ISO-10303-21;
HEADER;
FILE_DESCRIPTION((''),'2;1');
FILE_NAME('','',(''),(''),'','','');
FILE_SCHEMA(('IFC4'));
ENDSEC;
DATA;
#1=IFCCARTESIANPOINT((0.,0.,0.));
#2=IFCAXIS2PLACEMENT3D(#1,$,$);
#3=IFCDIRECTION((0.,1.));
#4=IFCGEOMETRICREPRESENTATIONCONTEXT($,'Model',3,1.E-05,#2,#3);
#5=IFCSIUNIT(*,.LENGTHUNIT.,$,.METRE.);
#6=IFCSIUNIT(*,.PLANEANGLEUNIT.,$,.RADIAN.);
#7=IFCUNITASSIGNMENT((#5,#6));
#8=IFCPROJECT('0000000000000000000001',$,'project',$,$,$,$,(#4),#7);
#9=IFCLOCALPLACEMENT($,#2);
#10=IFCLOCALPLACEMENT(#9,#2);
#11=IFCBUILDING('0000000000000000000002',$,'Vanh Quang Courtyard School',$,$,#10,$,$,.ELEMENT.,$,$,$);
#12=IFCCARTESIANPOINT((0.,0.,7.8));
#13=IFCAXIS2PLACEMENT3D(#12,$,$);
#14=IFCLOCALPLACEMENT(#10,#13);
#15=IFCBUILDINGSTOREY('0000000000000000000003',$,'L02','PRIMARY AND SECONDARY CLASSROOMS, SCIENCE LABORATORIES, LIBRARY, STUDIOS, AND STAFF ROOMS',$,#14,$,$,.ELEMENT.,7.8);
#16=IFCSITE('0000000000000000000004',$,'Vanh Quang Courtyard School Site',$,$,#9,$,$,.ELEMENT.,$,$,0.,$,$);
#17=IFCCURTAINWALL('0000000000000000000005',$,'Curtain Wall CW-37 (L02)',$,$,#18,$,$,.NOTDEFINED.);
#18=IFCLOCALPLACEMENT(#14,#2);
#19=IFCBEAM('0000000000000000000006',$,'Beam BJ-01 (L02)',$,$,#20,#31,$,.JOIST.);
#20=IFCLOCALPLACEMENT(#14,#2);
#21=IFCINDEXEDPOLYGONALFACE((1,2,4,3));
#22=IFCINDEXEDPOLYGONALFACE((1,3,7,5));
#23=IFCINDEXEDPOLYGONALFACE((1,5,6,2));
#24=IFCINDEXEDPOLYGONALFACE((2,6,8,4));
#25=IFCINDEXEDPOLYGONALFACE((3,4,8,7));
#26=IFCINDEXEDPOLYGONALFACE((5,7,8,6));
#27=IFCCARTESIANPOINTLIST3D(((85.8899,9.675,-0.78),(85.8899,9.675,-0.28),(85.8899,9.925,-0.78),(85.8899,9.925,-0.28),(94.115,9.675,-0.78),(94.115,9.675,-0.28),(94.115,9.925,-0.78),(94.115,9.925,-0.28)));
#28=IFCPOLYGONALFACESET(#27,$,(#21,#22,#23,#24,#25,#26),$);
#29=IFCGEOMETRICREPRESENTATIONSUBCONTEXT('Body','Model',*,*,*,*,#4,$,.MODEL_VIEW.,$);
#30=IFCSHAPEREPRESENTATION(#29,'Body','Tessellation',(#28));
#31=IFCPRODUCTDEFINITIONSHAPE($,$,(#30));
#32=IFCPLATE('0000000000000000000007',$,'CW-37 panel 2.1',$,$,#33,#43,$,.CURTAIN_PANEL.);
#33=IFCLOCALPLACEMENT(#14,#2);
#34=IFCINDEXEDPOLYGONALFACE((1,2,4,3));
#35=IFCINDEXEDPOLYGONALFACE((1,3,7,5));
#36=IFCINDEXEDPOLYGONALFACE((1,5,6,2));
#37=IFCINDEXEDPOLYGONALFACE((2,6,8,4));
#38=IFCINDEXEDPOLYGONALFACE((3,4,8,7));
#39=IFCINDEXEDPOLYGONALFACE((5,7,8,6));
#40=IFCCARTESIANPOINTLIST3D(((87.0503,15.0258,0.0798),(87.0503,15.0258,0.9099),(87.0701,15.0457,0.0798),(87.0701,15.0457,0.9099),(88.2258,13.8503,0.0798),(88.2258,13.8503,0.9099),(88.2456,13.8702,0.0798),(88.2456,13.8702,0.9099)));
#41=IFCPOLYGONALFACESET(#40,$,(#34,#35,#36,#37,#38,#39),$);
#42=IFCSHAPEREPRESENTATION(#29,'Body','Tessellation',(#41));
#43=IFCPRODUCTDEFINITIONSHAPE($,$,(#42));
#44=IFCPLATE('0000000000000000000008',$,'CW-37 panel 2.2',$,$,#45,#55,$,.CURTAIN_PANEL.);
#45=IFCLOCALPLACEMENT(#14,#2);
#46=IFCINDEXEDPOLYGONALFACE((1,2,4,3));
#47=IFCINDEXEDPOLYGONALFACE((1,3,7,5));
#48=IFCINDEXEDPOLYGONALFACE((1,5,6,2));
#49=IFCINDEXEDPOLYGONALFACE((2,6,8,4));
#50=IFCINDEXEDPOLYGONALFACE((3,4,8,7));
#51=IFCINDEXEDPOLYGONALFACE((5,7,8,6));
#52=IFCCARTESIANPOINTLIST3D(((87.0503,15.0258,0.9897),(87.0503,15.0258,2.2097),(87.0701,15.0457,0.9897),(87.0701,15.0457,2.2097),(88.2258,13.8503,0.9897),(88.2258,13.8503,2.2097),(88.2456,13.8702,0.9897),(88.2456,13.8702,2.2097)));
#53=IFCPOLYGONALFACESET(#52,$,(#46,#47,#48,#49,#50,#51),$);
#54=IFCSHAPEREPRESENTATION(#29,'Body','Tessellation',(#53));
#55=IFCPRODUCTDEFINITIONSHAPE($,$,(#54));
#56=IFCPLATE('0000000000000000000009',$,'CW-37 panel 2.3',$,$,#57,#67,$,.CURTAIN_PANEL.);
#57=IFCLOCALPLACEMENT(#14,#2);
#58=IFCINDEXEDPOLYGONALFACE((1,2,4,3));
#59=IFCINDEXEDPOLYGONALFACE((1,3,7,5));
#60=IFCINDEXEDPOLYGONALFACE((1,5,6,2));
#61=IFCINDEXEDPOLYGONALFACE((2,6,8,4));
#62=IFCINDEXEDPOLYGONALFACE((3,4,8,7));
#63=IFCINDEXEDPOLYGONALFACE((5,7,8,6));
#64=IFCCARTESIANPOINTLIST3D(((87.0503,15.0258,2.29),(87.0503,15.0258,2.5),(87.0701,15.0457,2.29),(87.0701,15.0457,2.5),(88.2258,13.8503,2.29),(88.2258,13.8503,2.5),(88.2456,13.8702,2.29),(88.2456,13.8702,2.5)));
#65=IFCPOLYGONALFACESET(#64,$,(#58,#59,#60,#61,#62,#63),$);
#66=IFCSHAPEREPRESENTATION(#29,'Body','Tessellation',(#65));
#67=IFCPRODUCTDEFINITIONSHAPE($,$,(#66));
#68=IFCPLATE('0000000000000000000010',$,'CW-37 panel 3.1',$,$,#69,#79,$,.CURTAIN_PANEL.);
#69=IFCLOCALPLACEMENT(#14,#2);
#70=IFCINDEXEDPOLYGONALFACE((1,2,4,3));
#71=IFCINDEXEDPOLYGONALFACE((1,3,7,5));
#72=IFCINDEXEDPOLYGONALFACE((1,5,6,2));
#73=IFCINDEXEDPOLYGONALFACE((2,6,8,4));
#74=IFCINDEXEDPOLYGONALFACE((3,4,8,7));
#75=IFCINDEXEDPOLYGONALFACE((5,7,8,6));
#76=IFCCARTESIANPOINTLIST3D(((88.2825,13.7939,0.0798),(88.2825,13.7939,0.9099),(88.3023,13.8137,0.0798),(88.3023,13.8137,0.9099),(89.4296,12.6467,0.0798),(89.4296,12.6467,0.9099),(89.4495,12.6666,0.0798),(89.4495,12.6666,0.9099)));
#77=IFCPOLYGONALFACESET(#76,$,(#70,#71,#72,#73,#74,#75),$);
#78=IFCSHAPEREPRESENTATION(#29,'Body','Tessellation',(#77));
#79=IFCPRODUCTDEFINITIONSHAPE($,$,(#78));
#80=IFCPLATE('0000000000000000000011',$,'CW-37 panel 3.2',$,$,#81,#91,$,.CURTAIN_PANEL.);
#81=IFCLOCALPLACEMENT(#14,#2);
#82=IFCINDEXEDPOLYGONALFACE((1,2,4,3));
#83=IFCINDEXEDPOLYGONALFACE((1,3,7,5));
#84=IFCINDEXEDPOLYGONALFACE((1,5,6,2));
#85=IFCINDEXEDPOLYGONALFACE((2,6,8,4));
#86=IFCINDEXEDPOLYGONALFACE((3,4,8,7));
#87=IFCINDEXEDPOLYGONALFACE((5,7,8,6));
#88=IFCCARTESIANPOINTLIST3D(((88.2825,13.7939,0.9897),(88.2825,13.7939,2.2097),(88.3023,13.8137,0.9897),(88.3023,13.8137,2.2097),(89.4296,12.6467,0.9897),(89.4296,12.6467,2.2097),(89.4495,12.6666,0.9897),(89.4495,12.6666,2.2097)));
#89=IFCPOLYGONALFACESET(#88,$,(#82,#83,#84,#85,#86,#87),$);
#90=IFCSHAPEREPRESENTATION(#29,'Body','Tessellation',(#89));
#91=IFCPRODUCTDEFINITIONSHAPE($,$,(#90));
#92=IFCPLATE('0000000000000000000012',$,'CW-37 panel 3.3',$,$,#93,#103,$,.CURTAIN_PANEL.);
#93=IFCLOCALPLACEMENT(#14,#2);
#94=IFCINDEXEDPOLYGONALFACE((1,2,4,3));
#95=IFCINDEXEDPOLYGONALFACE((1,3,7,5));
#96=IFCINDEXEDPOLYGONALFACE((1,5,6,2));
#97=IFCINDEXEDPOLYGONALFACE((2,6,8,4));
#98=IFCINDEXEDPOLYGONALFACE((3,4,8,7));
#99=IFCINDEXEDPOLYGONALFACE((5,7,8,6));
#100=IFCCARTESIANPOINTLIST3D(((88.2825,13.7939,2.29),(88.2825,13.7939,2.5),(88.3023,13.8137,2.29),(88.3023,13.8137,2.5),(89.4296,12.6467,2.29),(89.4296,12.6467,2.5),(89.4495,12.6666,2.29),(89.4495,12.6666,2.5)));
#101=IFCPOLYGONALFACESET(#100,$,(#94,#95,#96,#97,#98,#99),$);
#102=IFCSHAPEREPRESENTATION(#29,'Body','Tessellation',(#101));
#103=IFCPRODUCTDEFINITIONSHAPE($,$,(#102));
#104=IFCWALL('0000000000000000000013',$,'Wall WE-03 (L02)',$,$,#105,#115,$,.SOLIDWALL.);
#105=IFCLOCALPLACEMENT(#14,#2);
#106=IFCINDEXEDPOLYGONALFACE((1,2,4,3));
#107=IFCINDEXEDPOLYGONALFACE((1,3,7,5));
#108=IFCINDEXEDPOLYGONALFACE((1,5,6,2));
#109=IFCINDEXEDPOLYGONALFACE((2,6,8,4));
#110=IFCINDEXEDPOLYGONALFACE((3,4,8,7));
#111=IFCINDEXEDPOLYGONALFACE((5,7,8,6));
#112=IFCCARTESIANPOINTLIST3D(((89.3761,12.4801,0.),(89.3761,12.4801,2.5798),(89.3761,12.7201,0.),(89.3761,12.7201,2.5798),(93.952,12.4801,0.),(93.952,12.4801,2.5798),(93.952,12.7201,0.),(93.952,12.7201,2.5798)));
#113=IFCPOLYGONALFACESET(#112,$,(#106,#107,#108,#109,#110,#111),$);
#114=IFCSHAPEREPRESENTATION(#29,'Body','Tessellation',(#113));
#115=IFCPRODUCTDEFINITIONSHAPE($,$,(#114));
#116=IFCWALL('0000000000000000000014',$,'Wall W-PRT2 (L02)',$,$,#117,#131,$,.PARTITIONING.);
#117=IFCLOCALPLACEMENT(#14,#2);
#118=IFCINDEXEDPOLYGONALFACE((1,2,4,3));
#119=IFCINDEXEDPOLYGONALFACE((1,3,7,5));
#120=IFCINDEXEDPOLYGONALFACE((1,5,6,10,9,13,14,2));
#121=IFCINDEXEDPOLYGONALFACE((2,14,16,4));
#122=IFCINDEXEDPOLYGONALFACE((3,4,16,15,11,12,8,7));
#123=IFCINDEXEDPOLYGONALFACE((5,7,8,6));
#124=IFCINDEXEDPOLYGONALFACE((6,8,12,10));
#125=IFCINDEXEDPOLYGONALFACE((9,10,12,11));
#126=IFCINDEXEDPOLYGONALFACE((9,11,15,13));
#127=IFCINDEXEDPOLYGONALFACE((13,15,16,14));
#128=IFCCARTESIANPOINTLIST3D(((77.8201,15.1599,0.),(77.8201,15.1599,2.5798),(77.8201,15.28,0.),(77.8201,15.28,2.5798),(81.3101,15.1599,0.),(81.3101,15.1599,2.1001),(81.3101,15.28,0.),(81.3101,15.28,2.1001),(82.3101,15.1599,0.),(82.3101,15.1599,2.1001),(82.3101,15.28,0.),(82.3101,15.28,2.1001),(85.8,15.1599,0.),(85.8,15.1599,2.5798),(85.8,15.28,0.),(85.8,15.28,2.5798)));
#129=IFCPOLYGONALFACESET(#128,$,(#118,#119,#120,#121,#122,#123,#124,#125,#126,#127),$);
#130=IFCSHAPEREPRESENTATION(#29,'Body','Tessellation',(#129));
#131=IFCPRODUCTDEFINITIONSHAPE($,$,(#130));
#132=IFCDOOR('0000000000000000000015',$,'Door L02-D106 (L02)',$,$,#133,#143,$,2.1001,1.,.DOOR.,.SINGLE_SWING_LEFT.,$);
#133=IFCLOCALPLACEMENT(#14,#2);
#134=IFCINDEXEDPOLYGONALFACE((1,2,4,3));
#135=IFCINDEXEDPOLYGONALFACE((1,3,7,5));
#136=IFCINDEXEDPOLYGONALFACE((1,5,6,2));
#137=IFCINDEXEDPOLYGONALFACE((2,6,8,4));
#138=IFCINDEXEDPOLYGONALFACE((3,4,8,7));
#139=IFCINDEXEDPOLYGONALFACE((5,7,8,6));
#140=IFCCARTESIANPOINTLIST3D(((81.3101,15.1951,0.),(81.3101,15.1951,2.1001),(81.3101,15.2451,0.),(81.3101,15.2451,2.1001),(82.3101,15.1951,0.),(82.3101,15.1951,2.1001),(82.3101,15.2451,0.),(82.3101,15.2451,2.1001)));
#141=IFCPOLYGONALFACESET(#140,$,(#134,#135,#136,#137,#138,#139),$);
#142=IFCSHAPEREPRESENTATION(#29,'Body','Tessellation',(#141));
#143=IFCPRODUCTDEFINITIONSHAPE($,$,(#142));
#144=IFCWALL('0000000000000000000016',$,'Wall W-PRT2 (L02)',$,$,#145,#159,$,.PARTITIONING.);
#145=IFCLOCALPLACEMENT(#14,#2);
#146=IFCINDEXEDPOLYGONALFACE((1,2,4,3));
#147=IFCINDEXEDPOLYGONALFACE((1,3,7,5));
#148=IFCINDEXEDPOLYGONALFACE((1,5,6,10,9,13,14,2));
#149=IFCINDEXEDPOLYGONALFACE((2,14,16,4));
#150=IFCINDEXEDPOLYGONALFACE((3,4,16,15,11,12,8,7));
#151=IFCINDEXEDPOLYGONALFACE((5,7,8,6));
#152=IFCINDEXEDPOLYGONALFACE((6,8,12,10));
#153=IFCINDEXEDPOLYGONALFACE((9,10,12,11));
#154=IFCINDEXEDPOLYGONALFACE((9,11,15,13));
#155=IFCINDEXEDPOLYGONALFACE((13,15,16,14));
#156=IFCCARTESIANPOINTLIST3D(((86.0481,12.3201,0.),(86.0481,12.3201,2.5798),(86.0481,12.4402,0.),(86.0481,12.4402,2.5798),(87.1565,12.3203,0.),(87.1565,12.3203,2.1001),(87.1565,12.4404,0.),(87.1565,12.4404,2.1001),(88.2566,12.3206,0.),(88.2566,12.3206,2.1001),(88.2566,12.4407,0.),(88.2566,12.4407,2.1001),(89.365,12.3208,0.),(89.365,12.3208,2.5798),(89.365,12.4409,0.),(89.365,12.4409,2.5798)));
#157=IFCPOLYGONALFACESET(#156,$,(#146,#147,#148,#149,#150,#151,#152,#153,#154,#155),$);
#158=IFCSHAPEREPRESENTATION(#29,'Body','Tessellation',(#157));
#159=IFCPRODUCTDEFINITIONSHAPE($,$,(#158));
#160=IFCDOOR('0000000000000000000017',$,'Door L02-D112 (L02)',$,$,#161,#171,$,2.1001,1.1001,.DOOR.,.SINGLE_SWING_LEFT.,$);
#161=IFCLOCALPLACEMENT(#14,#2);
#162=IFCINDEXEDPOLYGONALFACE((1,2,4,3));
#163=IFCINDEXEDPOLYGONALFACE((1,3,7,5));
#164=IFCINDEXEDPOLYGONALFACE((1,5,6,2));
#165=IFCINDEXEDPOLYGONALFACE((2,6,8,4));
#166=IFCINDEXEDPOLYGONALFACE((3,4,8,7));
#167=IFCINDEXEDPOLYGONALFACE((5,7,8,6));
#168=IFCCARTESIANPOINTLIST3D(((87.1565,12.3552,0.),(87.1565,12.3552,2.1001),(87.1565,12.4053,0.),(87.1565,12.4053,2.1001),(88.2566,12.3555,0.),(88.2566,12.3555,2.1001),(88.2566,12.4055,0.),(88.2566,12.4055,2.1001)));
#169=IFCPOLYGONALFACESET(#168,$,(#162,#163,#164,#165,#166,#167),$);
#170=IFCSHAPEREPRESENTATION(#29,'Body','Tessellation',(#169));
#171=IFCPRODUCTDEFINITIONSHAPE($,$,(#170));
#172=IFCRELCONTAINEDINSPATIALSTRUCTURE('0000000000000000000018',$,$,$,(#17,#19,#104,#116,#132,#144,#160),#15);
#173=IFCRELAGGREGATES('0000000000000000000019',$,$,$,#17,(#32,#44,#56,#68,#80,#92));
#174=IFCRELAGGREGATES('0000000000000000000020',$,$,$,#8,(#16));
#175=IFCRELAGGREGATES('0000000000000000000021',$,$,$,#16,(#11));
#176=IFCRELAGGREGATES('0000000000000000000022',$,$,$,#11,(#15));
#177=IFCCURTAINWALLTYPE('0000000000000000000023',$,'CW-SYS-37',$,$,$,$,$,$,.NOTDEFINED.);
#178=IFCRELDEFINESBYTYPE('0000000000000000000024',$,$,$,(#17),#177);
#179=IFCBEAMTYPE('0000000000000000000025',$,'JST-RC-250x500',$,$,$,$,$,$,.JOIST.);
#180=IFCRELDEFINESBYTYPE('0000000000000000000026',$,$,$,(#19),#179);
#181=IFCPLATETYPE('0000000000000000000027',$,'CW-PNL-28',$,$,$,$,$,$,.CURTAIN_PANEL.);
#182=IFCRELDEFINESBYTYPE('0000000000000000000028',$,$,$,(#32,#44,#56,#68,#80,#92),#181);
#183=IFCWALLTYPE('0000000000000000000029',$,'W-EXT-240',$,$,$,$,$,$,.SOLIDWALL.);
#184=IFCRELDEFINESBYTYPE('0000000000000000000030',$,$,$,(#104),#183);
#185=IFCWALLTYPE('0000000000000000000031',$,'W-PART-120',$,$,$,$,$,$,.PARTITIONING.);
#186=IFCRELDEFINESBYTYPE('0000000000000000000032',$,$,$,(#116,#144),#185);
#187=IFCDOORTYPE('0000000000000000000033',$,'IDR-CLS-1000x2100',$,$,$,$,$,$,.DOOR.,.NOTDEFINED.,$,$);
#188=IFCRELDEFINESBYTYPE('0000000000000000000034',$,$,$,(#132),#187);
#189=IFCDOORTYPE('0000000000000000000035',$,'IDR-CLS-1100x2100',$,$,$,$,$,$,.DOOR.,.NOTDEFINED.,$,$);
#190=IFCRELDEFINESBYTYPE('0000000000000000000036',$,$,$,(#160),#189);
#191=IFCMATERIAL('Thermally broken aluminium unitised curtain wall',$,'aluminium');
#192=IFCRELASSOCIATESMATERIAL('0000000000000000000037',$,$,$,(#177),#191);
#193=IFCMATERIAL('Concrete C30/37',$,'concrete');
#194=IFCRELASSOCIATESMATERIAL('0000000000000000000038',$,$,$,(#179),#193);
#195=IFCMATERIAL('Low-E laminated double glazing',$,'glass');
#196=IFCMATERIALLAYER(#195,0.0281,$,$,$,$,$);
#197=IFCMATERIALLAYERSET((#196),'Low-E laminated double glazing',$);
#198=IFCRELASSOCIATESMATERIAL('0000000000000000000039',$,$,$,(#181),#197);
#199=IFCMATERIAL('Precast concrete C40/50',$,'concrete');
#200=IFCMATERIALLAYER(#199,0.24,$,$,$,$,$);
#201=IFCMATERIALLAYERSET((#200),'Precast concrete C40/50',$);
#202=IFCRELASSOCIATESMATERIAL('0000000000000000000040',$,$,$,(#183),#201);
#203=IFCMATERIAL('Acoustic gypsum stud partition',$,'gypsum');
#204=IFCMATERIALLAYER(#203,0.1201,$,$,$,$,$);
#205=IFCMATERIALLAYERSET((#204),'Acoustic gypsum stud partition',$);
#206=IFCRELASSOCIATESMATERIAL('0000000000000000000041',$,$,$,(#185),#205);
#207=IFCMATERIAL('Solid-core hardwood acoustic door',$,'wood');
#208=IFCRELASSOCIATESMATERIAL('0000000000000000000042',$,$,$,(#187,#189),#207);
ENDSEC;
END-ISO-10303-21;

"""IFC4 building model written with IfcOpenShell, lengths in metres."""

from ifc_helpers import new_model, si_unit, direction, frame, frame_2d, origin, origin_2d, place, context, subcontext, project, spatial, rectangle, extrude, material, layer, layer_set, material_profile, profile_set, type_object, element, fill, aggregate, save


model = new_model("IFC4")

# Units and contexts
model_context = context("Model", 3, precision=1e-05, world=origin(), true_north=direction((0.0, 1.0)))
body_context = subcontext(model_context, "Body", "Model", "MODEL_VIEW")
ifc_project = project(units=[si_unit("LENGTHUNIT", "METRE"), si_unit("PLANEANGLEUNIT", "RADIAN")], contexts=[model_context])

# Site, building, storey
site_placement = place(None, origin())
site = spatial("IfcSite", under=ifc_project, at=site_placement, Name="Vanh Quang Courtyard School Site", CompositionType="ELEMENT", RefElevation=0.0)
building_placement = place(site_placement, origin())
building = spatial("IfcBuilding", under=site, at=building_placement, Name="Vanh Quang Courtyard School", CompositionType="ELEMENT")
storey_placement = place(building_placement, frame((0.0, 0.0, 7.8)))
storey = spatial("IfcBuildingStorey", under=building, at=storey_placement, Name="L02", Description="PRIMARY AND SECONDARY CLASSROOMS, SCIENCE LABORATORIES, LIBRARY, STUDIOS, AND STAFF ROOMS", CompositionType="ELEMENT", Elevation=7.8)

# Curtain wall
ifc_material_1 = material(Name="Thermally broken aluminium unitised curtain wall", Category="aluminium")
curtain_wall_type = type_object("IfcCurtainWallType", Name="CW-SYS-37", PredefinedType="NOTDEFINED", material=ifc_material_1)
curtain_wall_placement = place(storey_placement, origin())
curtain_wall = element("IfcCurtainWall", 1, at=curtain_wall_placement, inside=storey, type_object=curtain_wall_type, Name="Curtain Wall CW-37 (L02)", PredefinedType="NOTDEFINED")

# Beam
ifc_material_2 = material(Name="Concrete C30/37", Category="concrete")
ifc_material_profile_1 = material_profile(ifc_material_2, rectangle(XDim=0.25, YDim=0.5, at=origin_2d()), Name="RC-JST 250x500")
ifc_profile_set_1 = profile_set([ifc_material_profile_1], Name="Concrete C30/37")
beam_type_1 = type_object("IfcBeamType", Name="JST-RC-250x500", PredefinedType="JOIST", material=ifc_profile_set_1)
beam_1_placement = place(storey_placement, frame((85.8899, 9.8, -0.53), z_axis=(1.0, 0.0, 0.0), x_axis=(0.0, 1.0, 0.0)))
element("IfcBeam", 2, at=beam_1_placement, inside=storey, type_object=beam_type_1, Name="Beam BJ-01 (L02)", PredefinedType="JOIST", context=body_context, shape_type="SweptSolid", body=[
    extrude(rectangle(XDim=0.25, YDim=0.5, at=origin_2d()), origin(), (0.0, 0.0, 1.0), 8.2251),
])

# Plates
ifc_material_3 = material(Name="Low-E laminated double glazing", Category="glass")
ifc_layer_1 = layer(ifc_material_3, 0.0281)
ifc_layer_set_1 = layer_set([ifc_layer_1], Name="Low-E laminated double glazing")
plate_type = type_object("IfcPlateType", Name="CW-PNL-28", PredefinedType="CURTAIN_PANEL", material=ifc_layer_set_1)
plate_1_placement = place(storey_placement, frame((87.6479, 14.448, 0.0798), z_axis=(0.0, 0.0, 1.0), x_axis=(0.707107, -0.707107, 0.0)))
plate_1 = element("IfcPlate", 3, at=plate_1_placement, type_object=plate_type, Name="CW-37 panel 2.1", PredefinedType="CURTAIN_PANEL", context=body_context, shape_type="SweptSolid", body=[
    extrude(rectangle(XDim=1.6624, YDim=0.0281, at=origin_2d()), origin(), (0.0, 0.0, 1.0), 0.8301),
])
plate_2_placement = place(storey_placement, frame((87.6479, 14.448, 0.9897), z_axis=(0.0, 0.0, 1.0), x_axis=(0.707107, -0.707107, 0.0)))
plate_2 = element("IfcPlate", 4, at=plate_2_placement, type_object=plate_type, Name="CW-37 panel 2.2", PredefinedType="CURTAIN_PANEL", context=body_context, shape_type="SweptSolid", body=[
    extrude(rectangle(XDim=1.6624, YDim=0.0281, at=origin_2d()), origin(), (0.0, 0.0, 1.0), 1.22),
])
plate_3_placement = place(storey_placement, frame((87.6479, 14.448, 2.29), z_axis=(0.0, 0.0, 1.0), x_axis=(0.707107, -0.707107, 0.0)))
plate_3 = element("IfcPlate", 5, at=plate_3_placement, type_object=plate_type, Name="CW-37 panel 2.3", PredefinedType="CURTAIN_PANEL", context=body_context, shape_type="SweptSolid", body=[
    extrude(rectangle(XDim=1.6624, YDim=0.0281, at=origin_2d()), origin(), (0.0, 0.0, 1.0), 0.21),
])
plate_4_placement = place(storey_placement, frame((88.866, 13.2302, 0.0798), z_axis=(0.0, 0.0, 1.0), x_axis=(0.707107, -0.707107, 0.0)))
plate_4 = element("IfcPlate", 6, at=plate_4_placement, type_object=plate_type, Name="CW-37 panel 3.1", PredefinedType="CURTAIN_PANEL", context=body_context, shape_type="SweptSolid", body=[
    extrude(rectangle(XDim=1.6223, YDim=0.0281, at=origin_2d()), origin(), (0.0, 0.0, 1.0), 0.8301),
])
plate_5_placement = place(storey_placement, frame((88.866, 13.2302, 0.9897), z_axis=(0.0, 0.0, 1.0), x_axis=(0.707107, -0.707107, 0.0)))
plate_5 = element("IfcPlate", 7, at=plate_5_placement, type_object=plate_type, Name="CW-37 panel 3.2", PredefinedType="CURTAIN_PANEL", context=body_context, shape_type="SweptSolid", body=[
    extrude(rectangle(XDim=1.6223, YDim=0.0281, at=origin_2d()), origin(), (0.0, 0.0, 1.0), 1.22),
])
plate_6_placement = place(storey_placement, frame((88.866, 13.2302, 2.29), z_axis=(0.0, 0.0, 1.0), x_axis=(0.707107, -0.707107, 0.0)))
plate_6 = element("IfcPlate", 8, at=plate_6_placement, type_object=plate_type, Name="CW-37 panel 3.3", PredefinedType="CURTAIN_PANEL", context=body_context, shape_type="SweptSolid", body=[
    extrude(rectangle(XDim=1.6223, YDim=0.0281, at=origin_2d()), origin(), (0.0, 0.0, 1.0), 0.21),
])
aggregate(curtain_wall, [plate_1, plate_2, plate_3, plate_4, plate_5, plate_6])

# Wall
ifc_material_4 = material(Name="Precast concrete C40/50", Category="concrete")
ifc_layer_2 = layer(ifc_material_4, 0.24)
ifc_layer_set_2 = layer_set([ifc_layer_2], Name="Precast concrete C40/50")
wall_type_1 = type_object("IfcWallType", Name="W-EXT-240", PredefinedType="SOLIDWALL", material=ifc_layer_set_2)
wall_1_placement = place(storey_placement, frame((89.376, 12.6001, 0.0), z_axis=(0.0, 0.0, 1.0), x_axis=(1.0, 0.0, 0.0)))
element("IfcWall", 9, at=wall_1_placement, inside=storey, type_object=wall_type_1, Name="Wall WE-03 (L02)", PredefinedType="SOLIDWALL", context=body_context, shape_type="SweptSolid", body=[
    extrude(rectangle(XDim=4.5759, YDim=0.24, at=frame_2d((2.2881, 0.0))), origin(), (0.0, 0.0, 1.0), 2.5798),
])

# Walls, openings, doors
ifc_material_5 = material(Name="Acoustic gypsum stud partition", Category="gypsum")
ifc_layer_3 = layer(ifc_material_5, 0.1201)
ifc_layer_set_3 = layer_set([ifc_layer_3], Name="Acoustic gypsum stud partition")
wall_type_2 = type_object("IfcWallType", Name="W-PART-120", PredefinedType="PARTITIONING", material=ifc_layer_set_3)
wall_2_placement = place(storey_placement, frame((85.8, 15.22, 0.0), z_axis=(0.0, 0.0, 1.0), x_axis=(-1.0, 0.0, 0.0)))
wall_2 = element("IfcWall", 10, at=wall_2_placement, inside=storey, type_object=wall_type_2, Name="Wall W-PRT2 (L02)", PredefinedType="PARTITIONING", context=body_context, shape_type="SweptSolid", body=[
    extrude(rectangle(XDim=7.98, YDim=0.1201, at=frame_2d((3.99, 0.0))), origin(), (0.0, 0.0, 1.0), 2.5798),
])
opening_1_placement = place(wall_2_placement, frame((3.49, 0.0, 0.0)))
opening_1 = element("IfcOpeningElement", 11, at=opening_1_placement, cuts=wall_2, PredefinedType="OPENING", context=body_context, shape_type="SweptSolid", body=[
    extrude(rectangle(XDim=1.0, YDim=2.1001, at=frame_2d((0.5, 1.05))), frame((0.0, 0.0701, 0.0), z_axis=(0.0, -1.0, 0.0), x_axis=(1.0, 0.0, 0.0)), (0.0, 0.0, 1.0), 0.1401),
])
ifc_material_6 = material(Name="Solid-core hardwood acoustic door", Category="wood")
door_type_1 = type_object("IfcDoorType", Name="IDR-CLS-1000x2100", OperationType="NOTDEFINED", PredefinedType="DOOR", material=ifc_material_6)
door_1_placement = place(opening_1_placement, origin())
door_1 = element("IfcDoor", 12, at=door_1_placement, inside=storey, type_object=door_type_1, Name="Door L02-D106 (L02)", OperationType="SINGLE_SWING_LEFT", OverallHeight=2.1001, OverallWidth=1.0, PredefinedType="DOOR", context=body_context, shape_type="SweptSolid", body=[
    extrude(rectangle(XDim=1.0, YDim=2.1001, at=frame_2d((0.5, 1.05))), frame((0.0, 0.0249, 0.0), z_axis=(0.0, -1.0, 0.0), x_axis=(1.0, 0.0, 0.0)), (0.0, 0.0, 1.0), 0.05),
])
fill(opening_1, door_1)
wall_3_placement = place(storey_placement, frame((86.0481, 12.3801, 0.0), z_axis=(0.0, 0.0, 1.0), x_axis=(1.0, 0.000221, 0.0)))
wall_3 = element("IfcWall", 13, at=wall_3_placement, inside=storey, type_object=wall_type_2, Name="Wall W-PRT2 (L02)", PredefinedType="PARTITIONING", context=body_context, shape_type="SweptSolid", body=[
    extrude(rectangle(XDim=3.3169, YDim=0.1201, at=frame_2d((1.6584, 0.0))), origin(), (0.0, 0.0, 1.0), 2.5798),
])
opening_2_placement = place(wall_3_placement, frame((1.1084, 0.0, 0.0)))
opening_2 = element("IfcOpeningElement", 14, at=opening_2_placement, cuts=wall_3, PredefinedType="OPENING", context=body_context, shape_type="SweptSolid", body=[
    extrude(rectangle(XDim=1.1001, YDim=2.1001, at=frame_2d((0.55, 1.05))), frame((0.0, 0.0701, 0.0), z_axis=(0.0, -1.0, 0.0), x_axis=(1.0, 0.0, 0.0)), (0.0, 0.0, 1.0), 0.1401),
])
door_type_2 = type_object("IfcDoorType", Name="IDR-CLS-1100x2100", OperationType="NOTDEFINED", PredefinedType="DOOR", material=ifc_material_6)
door_2_placement = place(opening_2_placement, origin())
door_2 = element("IfcDoor", 15, at=door_2_placement, inside=storey, type_object=door_type_2, Name="Door L02-D112 (L02)", OperationType="SINGLE_SWING_LEFT", OverallHeight=2.1001, OverallWidth=1.1001, PredefinedType="DOOR", context=body_context, shape_type="SweptSolid", body=[
    extrude(rectangle(XDim=1.1001, YDim=2.1001, at=frame_2d((0.55, 1.05))), frame((0.0, 0.0249, 0.0), z_axis=(0.0, -1.0, 0.0), x_axis=(1.0, 0.0, 0.0)), (0.0, 0.0, 1.0), 0.05),
])
fill(opening_2, door_2)

save(model, "model.ifc")
